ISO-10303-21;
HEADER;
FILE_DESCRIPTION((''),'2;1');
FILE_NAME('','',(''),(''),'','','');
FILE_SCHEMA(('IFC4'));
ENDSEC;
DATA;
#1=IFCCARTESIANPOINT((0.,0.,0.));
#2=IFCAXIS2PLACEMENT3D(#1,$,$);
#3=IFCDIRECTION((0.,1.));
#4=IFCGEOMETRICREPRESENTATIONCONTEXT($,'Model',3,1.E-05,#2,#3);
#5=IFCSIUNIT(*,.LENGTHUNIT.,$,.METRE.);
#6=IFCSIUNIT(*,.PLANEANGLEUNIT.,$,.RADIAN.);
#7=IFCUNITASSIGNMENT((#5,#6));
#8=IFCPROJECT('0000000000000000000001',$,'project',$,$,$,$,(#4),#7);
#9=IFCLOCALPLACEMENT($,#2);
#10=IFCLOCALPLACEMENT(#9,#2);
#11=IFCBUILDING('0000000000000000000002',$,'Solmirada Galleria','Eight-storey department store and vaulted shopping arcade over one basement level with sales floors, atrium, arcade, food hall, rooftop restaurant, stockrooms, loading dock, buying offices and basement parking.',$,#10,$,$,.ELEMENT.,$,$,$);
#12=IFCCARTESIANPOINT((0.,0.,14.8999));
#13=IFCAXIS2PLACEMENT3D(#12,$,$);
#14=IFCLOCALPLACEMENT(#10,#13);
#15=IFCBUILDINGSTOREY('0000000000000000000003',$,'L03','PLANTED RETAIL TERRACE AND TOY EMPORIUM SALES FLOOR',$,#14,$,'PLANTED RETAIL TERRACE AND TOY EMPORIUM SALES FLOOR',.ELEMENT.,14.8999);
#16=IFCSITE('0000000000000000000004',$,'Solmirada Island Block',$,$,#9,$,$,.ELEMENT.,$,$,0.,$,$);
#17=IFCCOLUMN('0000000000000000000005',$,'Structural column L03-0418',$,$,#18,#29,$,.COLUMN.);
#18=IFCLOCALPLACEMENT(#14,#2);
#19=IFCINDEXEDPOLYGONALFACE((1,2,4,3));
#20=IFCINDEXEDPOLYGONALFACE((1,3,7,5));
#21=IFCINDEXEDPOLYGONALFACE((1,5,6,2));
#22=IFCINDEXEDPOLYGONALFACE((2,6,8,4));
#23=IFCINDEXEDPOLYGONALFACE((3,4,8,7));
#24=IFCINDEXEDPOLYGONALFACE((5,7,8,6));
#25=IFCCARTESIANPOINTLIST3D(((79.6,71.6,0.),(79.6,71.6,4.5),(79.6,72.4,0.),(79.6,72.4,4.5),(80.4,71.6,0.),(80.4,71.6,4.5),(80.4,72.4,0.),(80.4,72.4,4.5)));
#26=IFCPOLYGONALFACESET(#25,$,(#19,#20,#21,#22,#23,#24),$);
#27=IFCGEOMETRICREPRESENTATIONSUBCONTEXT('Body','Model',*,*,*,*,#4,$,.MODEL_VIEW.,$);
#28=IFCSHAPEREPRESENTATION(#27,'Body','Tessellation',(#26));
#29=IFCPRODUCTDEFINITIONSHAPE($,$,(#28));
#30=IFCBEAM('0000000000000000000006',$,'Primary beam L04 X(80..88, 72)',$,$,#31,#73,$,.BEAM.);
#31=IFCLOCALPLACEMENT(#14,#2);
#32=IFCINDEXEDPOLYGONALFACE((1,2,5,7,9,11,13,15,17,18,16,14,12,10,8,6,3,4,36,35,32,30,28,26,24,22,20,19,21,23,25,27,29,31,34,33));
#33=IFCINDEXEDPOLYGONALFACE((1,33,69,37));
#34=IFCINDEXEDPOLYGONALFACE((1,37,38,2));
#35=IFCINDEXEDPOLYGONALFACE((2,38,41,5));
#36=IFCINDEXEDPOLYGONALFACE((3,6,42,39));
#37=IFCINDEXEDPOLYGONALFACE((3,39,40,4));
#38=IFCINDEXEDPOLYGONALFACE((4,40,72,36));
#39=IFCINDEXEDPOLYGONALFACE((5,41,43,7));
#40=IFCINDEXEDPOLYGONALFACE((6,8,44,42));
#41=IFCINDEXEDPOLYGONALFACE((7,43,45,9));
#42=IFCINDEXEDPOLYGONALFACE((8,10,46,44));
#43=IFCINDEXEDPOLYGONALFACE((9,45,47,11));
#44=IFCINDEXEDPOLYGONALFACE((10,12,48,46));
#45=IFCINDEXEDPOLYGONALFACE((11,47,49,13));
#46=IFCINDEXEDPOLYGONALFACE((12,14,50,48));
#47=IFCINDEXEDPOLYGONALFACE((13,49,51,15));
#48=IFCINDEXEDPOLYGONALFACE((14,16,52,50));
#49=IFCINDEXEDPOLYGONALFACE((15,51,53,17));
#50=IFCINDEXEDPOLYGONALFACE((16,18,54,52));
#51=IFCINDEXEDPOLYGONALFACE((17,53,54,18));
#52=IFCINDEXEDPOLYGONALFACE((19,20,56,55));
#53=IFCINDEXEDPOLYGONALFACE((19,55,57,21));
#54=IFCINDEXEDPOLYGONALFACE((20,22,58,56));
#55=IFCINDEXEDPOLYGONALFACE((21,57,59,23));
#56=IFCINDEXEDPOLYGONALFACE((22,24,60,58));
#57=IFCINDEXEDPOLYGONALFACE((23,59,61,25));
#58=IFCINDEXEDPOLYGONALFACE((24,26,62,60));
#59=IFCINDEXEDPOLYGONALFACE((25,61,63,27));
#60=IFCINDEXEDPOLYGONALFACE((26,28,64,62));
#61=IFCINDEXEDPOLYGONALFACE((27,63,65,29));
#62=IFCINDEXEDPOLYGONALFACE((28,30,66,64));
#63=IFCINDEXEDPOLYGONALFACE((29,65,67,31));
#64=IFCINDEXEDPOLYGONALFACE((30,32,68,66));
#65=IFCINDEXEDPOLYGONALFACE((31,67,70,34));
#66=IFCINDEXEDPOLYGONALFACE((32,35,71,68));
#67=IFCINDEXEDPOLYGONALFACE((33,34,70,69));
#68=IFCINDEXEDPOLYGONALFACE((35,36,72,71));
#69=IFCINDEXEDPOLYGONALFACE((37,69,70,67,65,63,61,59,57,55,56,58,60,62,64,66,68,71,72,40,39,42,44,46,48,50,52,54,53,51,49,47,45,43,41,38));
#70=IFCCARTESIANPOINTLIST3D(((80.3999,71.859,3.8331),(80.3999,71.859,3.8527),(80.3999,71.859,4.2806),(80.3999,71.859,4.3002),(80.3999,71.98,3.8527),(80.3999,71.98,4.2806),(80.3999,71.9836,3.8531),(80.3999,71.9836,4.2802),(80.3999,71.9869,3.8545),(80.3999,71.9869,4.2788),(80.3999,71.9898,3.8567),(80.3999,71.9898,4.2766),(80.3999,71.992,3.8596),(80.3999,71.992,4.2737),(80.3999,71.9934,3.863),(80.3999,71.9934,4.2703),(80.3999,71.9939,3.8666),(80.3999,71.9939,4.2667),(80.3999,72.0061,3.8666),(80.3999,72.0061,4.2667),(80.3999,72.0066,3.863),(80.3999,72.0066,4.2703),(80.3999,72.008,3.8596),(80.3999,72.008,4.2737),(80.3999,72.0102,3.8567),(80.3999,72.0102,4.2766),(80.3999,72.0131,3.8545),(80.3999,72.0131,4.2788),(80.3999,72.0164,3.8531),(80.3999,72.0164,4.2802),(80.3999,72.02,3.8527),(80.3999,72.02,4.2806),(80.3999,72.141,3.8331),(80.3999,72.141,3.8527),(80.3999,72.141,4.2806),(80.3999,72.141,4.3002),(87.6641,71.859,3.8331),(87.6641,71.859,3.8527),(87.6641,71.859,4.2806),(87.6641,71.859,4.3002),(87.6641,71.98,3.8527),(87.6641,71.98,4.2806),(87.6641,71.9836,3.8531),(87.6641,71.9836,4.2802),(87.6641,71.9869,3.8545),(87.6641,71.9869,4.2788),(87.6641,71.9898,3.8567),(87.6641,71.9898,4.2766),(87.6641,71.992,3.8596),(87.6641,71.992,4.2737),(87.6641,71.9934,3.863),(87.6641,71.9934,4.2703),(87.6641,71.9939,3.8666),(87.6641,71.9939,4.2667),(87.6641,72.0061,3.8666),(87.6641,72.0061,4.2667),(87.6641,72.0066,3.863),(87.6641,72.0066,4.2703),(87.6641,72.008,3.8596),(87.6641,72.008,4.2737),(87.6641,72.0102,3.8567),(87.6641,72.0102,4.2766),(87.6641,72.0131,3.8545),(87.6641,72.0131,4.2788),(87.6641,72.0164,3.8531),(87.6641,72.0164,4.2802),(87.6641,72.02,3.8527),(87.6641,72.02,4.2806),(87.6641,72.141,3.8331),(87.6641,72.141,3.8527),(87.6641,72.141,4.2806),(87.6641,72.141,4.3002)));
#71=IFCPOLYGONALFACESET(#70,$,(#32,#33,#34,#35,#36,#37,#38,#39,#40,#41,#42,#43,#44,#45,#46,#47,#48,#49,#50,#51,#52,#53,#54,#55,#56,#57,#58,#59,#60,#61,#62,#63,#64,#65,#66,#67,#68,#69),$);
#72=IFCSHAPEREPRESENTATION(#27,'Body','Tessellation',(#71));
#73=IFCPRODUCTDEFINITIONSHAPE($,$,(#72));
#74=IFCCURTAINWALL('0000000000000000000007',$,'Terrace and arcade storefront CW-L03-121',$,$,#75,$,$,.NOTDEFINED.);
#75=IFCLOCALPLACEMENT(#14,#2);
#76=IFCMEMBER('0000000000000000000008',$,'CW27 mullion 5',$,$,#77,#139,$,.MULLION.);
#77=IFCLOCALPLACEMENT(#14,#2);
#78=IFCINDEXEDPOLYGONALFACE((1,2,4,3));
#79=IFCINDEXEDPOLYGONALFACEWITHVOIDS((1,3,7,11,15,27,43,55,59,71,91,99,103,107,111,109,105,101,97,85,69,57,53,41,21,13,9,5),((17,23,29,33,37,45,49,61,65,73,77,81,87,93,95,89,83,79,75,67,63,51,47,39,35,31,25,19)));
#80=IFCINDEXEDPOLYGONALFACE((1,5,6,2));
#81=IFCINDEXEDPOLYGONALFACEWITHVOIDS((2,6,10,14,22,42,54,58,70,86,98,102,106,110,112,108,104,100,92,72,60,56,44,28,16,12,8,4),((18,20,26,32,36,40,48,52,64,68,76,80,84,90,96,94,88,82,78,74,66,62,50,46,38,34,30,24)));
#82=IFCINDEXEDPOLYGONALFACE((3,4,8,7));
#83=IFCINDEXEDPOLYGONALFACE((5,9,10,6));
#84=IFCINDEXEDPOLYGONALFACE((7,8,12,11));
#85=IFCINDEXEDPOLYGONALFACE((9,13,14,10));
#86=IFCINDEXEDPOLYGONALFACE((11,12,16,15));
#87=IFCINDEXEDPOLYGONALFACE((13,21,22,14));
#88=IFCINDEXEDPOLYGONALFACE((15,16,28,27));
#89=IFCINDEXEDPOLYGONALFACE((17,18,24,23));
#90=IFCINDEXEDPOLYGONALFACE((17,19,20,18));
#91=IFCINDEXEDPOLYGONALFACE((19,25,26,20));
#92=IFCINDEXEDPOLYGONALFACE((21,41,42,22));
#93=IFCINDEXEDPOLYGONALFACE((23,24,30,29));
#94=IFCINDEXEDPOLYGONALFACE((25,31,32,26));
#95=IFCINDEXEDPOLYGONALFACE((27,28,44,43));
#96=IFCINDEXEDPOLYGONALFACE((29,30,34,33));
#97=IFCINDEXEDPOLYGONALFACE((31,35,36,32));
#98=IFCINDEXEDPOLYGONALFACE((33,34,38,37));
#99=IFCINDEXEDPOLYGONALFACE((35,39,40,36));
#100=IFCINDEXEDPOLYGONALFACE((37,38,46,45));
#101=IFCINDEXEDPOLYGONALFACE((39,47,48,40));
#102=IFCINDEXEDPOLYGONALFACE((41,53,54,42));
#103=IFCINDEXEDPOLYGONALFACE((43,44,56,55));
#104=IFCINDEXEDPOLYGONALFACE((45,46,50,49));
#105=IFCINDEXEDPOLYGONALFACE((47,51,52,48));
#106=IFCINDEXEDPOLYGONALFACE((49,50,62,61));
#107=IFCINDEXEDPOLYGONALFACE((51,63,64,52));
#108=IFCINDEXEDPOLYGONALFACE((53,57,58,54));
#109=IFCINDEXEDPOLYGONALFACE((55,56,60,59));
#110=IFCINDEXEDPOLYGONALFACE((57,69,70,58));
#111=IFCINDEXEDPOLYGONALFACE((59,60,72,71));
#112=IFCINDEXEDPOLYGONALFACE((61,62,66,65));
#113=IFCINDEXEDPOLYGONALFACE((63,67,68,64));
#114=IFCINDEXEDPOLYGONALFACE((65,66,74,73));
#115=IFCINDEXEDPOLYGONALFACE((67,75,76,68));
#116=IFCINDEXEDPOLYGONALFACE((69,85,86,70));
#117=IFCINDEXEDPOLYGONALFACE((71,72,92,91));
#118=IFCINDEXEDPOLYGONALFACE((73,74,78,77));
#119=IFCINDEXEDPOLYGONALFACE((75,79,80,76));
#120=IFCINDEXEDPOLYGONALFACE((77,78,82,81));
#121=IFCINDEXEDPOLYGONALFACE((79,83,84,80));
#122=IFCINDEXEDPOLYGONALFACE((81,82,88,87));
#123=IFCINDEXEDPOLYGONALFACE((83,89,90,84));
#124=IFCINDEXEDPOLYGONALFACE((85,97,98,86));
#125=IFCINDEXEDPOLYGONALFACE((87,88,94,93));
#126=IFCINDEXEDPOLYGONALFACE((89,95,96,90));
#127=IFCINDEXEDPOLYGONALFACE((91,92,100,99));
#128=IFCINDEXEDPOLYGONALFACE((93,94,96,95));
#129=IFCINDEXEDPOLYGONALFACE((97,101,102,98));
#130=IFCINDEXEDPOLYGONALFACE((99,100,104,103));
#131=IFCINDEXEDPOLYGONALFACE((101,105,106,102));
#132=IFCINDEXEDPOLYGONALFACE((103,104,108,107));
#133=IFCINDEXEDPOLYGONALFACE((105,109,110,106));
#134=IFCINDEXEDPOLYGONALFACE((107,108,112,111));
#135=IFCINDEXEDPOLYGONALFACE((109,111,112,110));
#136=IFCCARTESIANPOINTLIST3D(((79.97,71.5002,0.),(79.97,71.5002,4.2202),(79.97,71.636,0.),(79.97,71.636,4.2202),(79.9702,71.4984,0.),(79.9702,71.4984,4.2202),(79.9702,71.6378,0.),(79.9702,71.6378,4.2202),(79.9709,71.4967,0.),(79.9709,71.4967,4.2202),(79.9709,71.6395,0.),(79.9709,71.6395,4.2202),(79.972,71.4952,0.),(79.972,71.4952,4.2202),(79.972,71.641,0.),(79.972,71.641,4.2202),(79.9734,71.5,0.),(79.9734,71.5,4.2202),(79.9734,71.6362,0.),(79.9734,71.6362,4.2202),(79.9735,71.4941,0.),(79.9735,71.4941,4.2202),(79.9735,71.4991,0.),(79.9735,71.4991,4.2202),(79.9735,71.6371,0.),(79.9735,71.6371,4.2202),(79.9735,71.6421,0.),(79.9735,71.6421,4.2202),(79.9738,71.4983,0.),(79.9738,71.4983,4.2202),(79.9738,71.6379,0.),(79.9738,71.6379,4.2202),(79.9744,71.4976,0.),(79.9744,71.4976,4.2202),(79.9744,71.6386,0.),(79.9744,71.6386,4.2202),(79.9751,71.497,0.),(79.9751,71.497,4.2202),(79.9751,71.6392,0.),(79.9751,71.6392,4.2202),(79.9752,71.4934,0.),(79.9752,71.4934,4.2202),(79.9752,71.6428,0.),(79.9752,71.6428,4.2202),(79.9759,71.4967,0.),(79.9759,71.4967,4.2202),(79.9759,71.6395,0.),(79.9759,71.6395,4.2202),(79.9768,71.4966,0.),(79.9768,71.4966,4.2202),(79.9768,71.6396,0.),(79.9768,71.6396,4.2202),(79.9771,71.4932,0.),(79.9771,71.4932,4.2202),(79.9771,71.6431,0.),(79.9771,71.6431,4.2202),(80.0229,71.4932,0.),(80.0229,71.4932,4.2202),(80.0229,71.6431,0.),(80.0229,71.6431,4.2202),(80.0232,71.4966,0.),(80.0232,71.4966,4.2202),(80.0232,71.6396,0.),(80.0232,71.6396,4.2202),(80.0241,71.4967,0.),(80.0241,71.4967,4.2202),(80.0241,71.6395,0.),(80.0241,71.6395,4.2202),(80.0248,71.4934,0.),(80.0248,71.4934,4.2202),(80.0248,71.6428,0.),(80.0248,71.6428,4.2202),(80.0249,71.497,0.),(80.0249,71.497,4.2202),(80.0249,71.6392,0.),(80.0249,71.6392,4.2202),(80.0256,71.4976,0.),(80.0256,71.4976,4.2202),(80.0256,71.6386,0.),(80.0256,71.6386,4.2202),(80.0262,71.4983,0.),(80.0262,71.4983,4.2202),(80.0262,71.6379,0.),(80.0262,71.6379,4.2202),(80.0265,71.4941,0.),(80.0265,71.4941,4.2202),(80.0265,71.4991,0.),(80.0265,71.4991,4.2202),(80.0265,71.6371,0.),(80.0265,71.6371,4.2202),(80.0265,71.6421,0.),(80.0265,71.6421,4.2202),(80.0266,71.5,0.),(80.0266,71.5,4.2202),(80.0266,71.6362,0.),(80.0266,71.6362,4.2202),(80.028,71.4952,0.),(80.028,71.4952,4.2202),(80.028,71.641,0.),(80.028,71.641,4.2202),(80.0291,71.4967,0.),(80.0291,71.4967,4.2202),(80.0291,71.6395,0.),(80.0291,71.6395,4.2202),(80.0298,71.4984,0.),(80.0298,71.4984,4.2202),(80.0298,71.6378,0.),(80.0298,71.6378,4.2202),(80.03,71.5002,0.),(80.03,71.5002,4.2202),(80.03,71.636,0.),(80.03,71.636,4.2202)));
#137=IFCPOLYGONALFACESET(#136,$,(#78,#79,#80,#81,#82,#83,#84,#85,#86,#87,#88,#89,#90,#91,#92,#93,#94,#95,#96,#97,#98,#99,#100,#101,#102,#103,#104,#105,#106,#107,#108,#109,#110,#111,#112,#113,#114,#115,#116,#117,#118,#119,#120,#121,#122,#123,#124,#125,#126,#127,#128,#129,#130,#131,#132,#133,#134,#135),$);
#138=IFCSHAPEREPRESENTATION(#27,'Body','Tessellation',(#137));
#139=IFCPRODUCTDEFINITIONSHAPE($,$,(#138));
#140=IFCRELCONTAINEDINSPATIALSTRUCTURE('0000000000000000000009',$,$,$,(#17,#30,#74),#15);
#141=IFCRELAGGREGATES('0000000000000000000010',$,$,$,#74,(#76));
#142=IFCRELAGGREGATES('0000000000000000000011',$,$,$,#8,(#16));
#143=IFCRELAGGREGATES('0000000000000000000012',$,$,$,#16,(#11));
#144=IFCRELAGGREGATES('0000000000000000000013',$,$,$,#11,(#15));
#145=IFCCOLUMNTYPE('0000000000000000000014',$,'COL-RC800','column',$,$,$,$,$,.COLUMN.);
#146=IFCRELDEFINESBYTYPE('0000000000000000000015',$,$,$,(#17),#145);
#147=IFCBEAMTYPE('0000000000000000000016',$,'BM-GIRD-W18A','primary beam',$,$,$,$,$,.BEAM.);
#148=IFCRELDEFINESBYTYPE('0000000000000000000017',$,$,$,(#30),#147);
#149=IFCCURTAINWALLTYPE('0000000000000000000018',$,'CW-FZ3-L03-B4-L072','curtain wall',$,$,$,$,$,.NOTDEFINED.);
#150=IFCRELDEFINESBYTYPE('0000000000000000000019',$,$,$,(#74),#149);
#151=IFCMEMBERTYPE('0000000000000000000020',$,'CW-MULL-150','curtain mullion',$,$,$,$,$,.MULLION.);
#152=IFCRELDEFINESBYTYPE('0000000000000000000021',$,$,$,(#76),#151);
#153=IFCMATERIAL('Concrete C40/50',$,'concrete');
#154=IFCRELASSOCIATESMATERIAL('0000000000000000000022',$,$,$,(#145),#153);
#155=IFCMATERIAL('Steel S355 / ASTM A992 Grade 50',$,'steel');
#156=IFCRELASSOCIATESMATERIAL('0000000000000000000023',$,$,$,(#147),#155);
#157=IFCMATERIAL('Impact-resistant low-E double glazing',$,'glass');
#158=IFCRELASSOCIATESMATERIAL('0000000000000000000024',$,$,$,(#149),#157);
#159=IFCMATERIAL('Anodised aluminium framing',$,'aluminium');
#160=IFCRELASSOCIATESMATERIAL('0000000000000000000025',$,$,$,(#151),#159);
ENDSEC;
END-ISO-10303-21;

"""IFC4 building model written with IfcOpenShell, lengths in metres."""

from ifc_helpers import new_model, si_unit, direction, frame, origin, origin_2d, place, context, subcontext, project, spatial, rectangle, hollow_rectangle, i_section, extrude, material, material_profile, profile_set, type_object, element, aggregate, save


model = new_model("IFC4")

# Units and contexts
model_context = context("Model", 3, precision=1e-05, world=origin(), true_north=direction((0.0, 1.0)))
body_context = subcontext(model_context, "Body", "Model", "MODEL_VIEW")
ifc_project = project(units=[si_unit("LENGTHUNIT", "METRE"), si_unit("PLANEANGLEUNIT", "RADIAN")], contexts=[model_context])

# Site, building, storey
site_placement = place(None, origin())
site = spatial("IfcSite", under=ifc_project, at=site_placement, Name="Solmirada Island Block", CompositionType="ELEMENT", RefElevation=0.0)
building_placement = place(site_placement, origin())
building = spatial("IfcBuilding", under=site, at=building_placement, Name="Solmirada Galleria", Description="Eight-storey department store and vaulted shopping arcade over one basement level with sales floors, atrium, arcade, food hall, rooftop restaurant, stockrooms, loading dock, buying offices and basement parking.", CompositionType="ELEMENT")
storey_placement = place(building_placement, frame((0.0, 0.0, 14.8999)))
storey = spatial("IfcBuildingStorey", under=building, at=storey_placement, Name="L03", Description="PLANTED RETAIL TERRACE AND TOY EMPORIUM SALES FLOOR", LongName="PLANTED RETAIL TERRACE AND TOY EMPORIUM SALES FLOOR", CompositionType="ELEMENT", Elevation=14.8999)

# Column
ifc_material_1 = material(Name="Concrete C40/50", Category="concrete")
ifc_material_profile_1 = material_profile(ifc_material_1, rectangle(XDim=0.8, YDim=0.8, at=origin_2d()), Name="RC800X800")
ifc_profile_set_1 = profile_set([ifc_material_profile_1], Name="Concrete C40/50")
column_type = type_object("IfcColumnType", Name="COL-RC800", Description="column", PredefinedType="COLUMN", material=ifc_profile_set_1)
column_placement = place(storey_placement, frame((80.0, 72.0, 0.0), z_axis=(0.0, 0.0, 1.0), x_axis=(1.0, 0.0, 0.0)))
element("IfcColumn", 1, at=column_placement, inside=storey, type_object=column_type, Name="Structural column L03-0418", PredefinedType="COLUMN", context=body_context, shape_type="SweptSolid", body=[
    extrude(rectangle(XDim=0.8, YDim=0.8, at=origin_2d()), origin(), (0.0, 0.0, 1.0), 4.5),
])

# Beam
ifc_material_2 = material(Name="Steel S355 / ASTM A992 Grade 50", Category="steel")
ifc_material_profile_2 = material_profile(ifc_material_2, i_section(OverallWidth=0.282, OverallDepth=0.467, WebThickness=0.0122, FlangeThickness=0.0195, FilletRadius=0.0139, at=origin_2d()), Name="W18X86")
ifc_profile_set_2 = profile_set([ifc_material_profile_2], Name="Steel S355 / ASTM A992 Grade 50")
beam_type = type_object("IfcBeamType", Name="BM-GIRD-W18A", Description="primary beam", PredefinedType="BEAM", material=ifc_profile_set_2)
beam_placement = place(storey_placement, frame((80.3999, 72.0, 4.0667), z_axis=(1.0, 0.0, 0.0), x_axis=(0.0, 1.0, 0.0)))
element("IfcBeam", 2, at=beam_placement, inside=storey, type_object=beam_type, Name="Primary beam L04 X(80..88, 72)", PredefinedType="BEAM", context=body_context, shape_type="SweptSolid", body=[
    extrude(i_section(OverallWidth=0.282, OverallDepth=0.467, WebThickness=0.0122, FlangeThickness=0.0195, FilletRadius=0.0139, at=origin_2d()), origin(), (0.0, 0.0, 1.0), 7.2642),
])

# Curtain wall, member
ifc_material_3 = material(Name="Impact-resistant low-E double glazing", Category="glass")
curtain_wall_type = type_object("IfcCurtainWallType", Name="CW-FZ3-L03-B4-L072", Description="curtain wall", PredefinedType="NOTDEFINED", material=ifc_material_3)
curtain_wall_1_placement = place(storey_placement, origin())
curtain_wall_1 = element("IfcCurtainWall", 3, at=curtain_wall_1_placement, inside=storey, type_object=curtain_wall_type, Name="Terrace and arcade storefront CW-L03-121", PredefinedType="NOTDEFINED")
ifc_material_4 = material(Name="Anodised aluminium framing", Category="aluminium")
ifc_material_profile_3 = material_profile(ifc_material_4, hollow_rectangle(XDim=0.0601, YDim=0.1499, WallThickness=0.0034, InnerFilletRadius=0.0034, OuterFilletRadius=0.0071, at=origin_2d()), Name="ALU-MULL-150X60")
ifc_profile_set_3 = profile_set([ifc_material_profile_3], Name="Anodised aluminium framing")
member_type_1 = type_object("IfcMemberType", Name="CW-MULL-150", Description="curtain mullion", PredefinedType="MULLION", material=ifc_profile_set_3)
member_1_placement = place(storey_placement, frame((80.0, 71.5681, 0.0), z_axis=(0.0, 0.0, 1.0), x_axis=(-1.0, 0.0, 0.0)))
member_1 = element("IfcMember", 4, at=member_1_placement, type_object=member_type_1, Name="CW27 mullion 5", PredefinedType="MULLION", context=body_context, shape_type="SweptSolid", body=[
    extrude(hollow_rectangle(XDim=0.0601, YDim=0.1499, WallThickness=0.0034, InnerFilletRadius=0.0034, OuterFilletRadius=0.0071, at=origin_2d()), origin(), (0.0, 0.0, 1.0), 4.2202),
])
aggregate(curtain_wall_1, [member_1])

save(model, "model.ifc")
